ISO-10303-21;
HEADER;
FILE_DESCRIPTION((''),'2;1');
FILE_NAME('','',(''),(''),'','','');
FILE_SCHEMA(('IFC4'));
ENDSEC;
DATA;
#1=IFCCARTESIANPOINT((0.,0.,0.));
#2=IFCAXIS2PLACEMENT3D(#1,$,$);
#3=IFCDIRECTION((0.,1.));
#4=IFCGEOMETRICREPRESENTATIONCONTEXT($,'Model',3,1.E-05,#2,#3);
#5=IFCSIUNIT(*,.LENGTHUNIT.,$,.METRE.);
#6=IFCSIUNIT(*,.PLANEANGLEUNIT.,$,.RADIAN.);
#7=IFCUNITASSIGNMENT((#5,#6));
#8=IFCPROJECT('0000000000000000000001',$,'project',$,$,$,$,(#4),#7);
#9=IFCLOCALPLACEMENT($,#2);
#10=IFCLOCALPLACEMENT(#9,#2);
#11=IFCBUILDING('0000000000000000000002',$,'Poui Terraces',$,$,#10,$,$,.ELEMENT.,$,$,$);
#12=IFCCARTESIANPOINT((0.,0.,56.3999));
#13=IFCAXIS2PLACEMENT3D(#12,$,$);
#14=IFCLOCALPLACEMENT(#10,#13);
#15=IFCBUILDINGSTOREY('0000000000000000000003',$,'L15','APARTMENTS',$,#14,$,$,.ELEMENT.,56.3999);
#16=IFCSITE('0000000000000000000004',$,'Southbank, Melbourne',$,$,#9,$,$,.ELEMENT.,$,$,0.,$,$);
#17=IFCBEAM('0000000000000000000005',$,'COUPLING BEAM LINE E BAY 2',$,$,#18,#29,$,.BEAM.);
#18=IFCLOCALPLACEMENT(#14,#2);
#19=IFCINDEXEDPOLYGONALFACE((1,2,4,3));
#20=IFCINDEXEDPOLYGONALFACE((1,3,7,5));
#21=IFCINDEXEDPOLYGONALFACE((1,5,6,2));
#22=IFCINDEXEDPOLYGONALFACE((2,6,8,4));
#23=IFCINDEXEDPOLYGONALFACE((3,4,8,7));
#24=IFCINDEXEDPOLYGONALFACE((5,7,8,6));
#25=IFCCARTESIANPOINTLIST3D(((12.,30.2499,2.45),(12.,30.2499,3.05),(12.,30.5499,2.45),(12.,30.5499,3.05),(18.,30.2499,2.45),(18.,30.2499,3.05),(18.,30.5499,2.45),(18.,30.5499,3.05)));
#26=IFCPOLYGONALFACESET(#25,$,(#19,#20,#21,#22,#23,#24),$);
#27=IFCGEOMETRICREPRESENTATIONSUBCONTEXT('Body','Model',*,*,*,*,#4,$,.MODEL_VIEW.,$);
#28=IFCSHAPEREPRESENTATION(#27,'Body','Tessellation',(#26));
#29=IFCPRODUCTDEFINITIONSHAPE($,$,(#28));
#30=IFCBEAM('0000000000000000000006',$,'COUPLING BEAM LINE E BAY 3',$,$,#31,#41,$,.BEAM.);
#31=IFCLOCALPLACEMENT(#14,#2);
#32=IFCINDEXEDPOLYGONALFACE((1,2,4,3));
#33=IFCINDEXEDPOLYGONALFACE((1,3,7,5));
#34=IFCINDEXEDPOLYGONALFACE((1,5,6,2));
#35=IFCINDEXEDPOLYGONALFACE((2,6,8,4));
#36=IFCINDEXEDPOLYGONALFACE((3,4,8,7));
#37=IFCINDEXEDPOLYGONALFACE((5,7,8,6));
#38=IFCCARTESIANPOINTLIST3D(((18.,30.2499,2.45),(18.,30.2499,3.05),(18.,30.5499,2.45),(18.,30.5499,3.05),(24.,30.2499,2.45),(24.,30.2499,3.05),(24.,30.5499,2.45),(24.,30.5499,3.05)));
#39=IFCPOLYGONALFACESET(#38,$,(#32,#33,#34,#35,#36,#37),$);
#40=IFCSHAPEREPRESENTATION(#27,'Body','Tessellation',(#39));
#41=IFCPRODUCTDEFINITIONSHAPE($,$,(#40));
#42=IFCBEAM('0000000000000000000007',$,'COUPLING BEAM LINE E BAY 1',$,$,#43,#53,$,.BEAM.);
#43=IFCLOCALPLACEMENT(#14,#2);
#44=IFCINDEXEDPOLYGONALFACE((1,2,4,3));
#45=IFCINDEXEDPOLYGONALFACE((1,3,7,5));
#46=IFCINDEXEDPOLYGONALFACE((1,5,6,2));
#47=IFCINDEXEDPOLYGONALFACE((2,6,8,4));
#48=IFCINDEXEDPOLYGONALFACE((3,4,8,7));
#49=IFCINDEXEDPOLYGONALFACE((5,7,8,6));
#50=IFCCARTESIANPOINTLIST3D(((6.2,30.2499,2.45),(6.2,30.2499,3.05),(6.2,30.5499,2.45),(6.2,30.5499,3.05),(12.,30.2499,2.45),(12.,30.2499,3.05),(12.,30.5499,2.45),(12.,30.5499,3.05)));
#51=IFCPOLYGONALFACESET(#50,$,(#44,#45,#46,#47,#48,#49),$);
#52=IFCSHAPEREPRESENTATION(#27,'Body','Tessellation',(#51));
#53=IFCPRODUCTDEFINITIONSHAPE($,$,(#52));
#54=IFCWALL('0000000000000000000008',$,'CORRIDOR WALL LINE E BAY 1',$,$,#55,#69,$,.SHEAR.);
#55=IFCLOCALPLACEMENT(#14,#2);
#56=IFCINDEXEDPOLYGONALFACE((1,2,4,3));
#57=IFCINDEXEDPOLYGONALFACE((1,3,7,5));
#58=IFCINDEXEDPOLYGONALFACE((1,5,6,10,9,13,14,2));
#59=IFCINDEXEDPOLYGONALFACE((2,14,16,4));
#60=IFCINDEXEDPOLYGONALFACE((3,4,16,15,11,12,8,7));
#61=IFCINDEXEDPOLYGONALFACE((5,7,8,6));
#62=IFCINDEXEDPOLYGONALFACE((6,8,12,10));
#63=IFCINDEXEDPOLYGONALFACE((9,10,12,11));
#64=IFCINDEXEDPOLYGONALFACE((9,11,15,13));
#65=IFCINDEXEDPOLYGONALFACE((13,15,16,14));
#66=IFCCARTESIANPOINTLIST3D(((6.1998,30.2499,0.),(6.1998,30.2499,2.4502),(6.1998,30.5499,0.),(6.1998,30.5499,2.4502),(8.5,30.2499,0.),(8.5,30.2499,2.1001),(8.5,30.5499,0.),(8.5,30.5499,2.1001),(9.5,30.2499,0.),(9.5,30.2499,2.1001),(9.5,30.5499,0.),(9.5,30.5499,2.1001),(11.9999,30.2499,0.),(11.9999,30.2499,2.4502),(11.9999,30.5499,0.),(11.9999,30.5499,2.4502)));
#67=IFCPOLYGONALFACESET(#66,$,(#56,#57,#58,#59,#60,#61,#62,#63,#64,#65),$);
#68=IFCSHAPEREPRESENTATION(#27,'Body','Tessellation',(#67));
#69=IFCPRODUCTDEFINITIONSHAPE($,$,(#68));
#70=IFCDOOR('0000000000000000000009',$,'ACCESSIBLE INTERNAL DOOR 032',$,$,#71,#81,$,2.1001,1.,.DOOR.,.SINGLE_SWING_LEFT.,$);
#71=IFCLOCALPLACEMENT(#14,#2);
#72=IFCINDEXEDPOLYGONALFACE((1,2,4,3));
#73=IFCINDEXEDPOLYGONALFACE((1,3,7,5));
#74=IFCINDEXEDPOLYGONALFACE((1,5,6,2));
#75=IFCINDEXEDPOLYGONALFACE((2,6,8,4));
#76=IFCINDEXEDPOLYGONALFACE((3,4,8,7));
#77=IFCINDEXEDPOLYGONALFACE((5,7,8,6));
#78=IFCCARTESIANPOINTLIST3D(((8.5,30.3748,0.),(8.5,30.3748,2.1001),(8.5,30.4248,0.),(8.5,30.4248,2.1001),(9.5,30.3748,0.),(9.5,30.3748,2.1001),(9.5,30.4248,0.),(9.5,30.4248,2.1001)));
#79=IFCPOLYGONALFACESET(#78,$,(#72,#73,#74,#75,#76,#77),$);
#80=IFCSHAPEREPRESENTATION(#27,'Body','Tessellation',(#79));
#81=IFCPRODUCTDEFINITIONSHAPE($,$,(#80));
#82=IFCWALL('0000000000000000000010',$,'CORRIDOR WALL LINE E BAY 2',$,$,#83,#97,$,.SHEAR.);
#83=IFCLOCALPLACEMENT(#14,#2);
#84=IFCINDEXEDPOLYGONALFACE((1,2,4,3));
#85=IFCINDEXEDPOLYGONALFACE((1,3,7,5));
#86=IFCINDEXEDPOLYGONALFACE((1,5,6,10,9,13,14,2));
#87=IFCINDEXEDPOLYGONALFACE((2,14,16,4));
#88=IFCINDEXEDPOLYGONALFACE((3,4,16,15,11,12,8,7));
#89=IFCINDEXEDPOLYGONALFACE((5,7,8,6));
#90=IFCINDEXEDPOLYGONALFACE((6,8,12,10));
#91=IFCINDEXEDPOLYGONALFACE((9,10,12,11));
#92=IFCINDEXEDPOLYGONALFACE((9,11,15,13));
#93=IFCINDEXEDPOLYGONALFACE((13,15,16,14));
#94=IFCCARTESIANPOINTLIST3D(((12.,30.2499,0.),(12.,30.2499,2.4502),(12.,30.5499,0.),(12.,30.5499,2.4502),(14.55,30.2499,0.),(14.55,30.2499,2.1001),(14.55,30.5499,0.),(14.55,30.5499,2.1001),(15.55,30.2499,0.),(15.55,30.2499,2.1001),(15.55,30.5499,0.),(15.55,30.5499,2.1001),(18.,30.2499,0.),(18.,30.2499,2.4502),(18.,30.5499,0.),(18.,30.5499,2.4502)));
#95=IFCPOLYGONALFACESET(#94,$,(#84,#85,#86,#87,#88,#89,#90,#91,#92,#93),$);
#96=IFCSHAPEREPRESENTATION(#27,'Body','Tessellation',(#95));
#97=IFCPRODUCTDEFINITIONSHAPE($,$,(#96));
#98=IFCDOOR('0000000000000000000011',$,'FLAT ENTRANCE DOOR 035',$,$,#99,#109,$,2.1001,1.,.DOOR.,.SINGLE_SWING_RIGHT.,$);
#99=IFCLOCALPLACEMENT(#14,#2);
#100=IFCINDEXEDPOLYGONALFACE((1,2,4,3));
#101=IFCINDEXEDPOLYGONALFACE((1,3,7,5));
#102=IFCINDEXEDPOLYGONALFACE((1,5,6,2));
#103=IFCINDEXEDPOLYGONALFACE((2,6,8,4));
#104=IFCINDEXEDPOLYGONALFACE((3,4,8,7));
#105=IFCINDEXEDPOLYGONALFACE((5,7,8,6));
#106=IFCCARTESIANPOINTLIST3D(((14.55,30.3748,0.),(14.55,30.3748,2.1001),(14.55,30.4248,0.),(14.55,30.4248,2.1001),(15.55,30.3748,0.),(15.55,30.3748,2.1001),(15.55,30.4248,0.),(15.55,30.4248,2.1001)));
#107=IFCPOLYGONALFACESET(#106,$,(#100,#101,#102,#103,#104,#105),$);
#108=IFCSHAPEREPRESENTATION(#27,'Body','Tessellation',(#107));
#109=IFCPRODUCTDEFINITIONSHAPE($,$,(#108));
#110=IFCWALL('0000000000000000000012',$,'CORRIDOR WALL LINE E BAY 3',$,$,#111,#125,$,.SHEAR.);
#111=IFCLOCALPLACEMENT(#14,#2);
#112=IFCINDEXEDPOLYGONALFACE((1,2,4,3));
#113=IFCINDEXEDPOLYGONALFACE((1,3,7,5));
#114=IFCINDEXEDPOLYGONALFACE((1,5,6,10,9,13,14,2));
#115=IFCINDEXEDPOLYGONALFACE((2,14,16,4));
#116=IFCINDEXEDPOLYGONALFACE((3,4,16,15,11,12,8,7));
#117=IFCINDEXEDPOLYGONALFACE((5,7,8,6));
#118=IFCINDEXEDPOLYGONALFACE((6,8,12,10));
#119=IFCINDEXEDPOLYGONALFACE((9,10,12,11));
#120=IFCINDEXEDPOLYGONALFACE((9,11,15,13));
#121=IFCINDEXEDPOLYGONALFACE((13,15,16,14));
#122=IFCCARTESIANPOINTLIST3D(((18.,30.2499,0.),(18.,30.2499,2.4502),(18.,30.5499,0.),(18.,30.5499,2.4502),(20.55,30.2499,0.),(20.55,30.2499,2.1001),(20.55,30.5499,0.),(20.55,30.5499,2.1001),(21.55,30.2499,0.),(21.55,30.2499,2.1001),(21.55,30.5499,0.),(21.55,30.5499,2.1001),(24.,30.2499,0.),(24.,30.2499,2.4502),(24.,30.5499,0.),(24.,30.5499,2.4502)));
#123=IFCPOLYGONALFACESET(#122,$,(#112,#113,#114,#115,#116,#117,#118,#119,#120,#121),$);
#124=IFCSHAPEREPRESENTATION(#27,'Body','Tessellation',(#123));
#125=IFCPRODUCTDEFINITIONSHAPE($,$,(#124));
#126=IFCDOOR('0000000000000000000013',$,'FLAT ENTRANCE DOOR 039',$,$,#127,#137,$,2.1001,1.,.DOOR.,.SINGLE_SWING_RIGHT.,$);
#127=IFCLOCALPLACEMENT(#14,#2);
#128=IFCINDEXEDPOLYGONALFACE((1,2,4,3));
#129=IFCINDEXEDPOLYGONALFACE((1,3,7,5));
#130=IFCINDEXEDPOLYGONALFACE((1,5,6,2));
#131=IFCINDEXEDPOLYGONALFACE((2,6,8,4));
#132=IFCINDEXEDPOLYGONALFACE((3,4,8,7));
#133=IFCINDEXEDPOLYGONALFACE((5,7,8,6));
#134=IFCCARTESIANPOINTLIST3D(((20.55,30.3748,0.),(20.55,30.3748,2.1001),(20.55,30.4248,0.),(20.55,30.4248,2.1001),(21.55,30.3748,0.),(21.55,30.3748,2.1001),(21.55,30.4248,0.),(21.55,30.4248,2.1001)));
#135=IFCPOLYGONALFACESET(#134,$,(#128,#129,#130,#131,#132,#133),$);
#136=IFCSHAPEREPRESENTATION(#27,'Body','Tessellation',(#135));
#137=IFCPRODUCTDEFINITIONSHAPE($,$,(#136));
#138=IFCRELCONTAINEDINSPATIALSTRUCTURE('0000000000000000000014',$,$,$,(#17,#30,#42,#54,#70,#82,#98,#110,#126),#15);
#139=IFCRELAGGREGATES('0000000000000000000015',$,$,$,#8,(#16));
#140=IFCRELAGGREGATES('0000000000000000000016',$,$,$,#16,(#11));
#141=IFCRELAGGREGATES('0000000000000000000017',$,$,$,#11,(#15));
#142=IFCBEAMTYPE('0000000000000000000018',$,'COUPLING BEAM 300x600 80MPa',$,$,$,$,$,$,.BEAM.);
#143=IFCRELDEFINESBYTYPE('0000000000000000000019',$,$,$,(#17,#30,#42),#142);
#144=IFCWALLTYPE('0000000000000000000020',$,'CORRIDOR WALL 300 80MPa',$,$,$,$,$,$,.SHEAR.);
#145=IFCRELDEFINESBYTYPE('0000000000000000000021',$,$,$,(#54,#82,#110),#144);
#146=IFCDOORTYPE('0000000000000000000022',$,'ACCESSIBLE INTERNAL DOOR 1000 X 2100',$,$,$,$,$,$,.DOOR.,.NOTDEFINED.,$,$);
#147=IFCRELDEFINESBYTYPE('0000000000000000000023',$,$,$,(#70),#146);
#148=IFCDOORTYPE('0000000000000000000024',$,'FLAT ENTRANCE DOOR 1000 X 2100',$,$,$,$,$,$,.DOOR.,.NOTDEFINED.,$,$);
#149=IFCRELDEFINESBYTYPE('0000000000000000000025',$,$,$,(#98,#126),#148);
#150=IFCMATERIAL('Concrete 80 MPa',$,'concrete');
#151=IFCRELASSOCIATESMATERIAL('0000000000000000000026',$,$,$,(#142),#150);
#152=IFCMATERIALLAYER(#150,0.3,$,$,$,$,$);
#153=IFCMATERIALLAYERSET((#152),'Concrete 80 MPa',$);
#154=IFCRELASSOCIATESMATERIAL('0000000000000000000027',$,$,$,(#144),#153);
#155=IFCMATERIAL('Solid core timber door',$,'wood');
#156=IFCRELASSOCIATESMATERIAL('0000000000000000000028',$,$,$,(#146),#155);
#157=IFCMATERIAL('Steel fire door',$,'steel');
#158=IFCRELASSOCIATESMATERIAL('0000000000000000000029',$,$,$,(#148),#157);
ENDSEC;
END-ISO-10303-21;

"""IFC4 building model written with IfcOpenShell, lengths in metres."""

from ifc_helpers import new_model, si_unit, direction, frame, frame_2d, origin, origin_2d, place, context, subcontext, project, spatial, rectangle, extrude, source, transform, mapped, material, layer, layer_set, material_profile, profile_set, type_object, element, fill, save


model = new_model("IFC4")

# Units and contexts
model_context = context("Model", 3, precision=1e-05, world=origin(), true_north=direction((0.0, 1.0)))
body_context = subcontext(model_context, "Body", "Model", "MODEL_VIEW")
ifc_project = project(units=[si_unit("LENGTHUNIT", "METRE"), si_unit("PLANEANGLEUNIT", "RADIAN")], contexts=[model_context])

# Site, building, storey
site_placement = place(None, origin())
site = spatial("IfcSite", under=ifc_project, at=site_placement, Name="Southbank, Melbourne", CompositionType="ELEMENT", RefElevation=0.0)
building_placement = place(site_placement, origin())
building = spatial("IfcBuilding", under=site, at=building_placement, Name="Poui Terraces", CompositionType="ELEMENT")
storey_placement = place(building_placement, frame((0.0, 0.0, 56.3999)))
storey = spatial("IfcBuildingStorey", under=building, at=storey_placement, Name="L15", Description="APARTMENTS", CompositionType="ELEMENT", Elevation=56.3999)

# Beams
ifc_material_1 = material(Name="Concrete 80 MPa", Category="concrete")
ifc_material_profile = material_profile(ifc_material_1, rectangle(XDim=0.3, YDim=0.6001, at=origin_2d()), Name="RC 300x600")
ifc_profile_set = profile_set([ifc_material_profile], Name="Concrete 80 MPa")
beam_type = type_object("IfcBeamType", Name="COUPLING BEAM 300x600 80MPa", PredefinedType="BEAM", material=ifc_profile_set)
shared_shape_1 = source(origin(), body_context, "Body", "SweptSolid", [
    extrude(rectangle(XDim=0.3, YDim=0.6001, at=origin_2d()), origin(), (0.0, 0.0, 1.0), 6.0),
])
for number, where, z_axis, x_axis, name in (
    (1, (12.0, 30.3999, 2.75), (1.0, 0.0, 0.0), (0.0, 1.0, 0.0), "COUPLING BEAM LINE E BAY 2"),
    (2, (18.0, 30.3999, 2.75), (1.0, 0.0, 0.0), (0.0, 1.0, 0.0), "COUPLING BEAM LINE E BAY 3"),
):
    element("IfcBeam", number, at=place(storey_placement, frame(where, z_axis=z_axis, x_axis=x_axis)), inside=storey, type_object=beam_type, Name=name, PredefinedType="BEAM", context=body_context, shape_type="MappedRepresentation", body=[
        mapped(shared_shape_1, transform((0.0, 0.0, 0.0))),
    ])
shared_shape_2 = source(origin(), body_context, "Body", "SweptSolid", [
    extrude(rectangle(XDim=0.3, YDim=0.6001, at=origin_2d()), origin(), (0.0, 0.0, 1.0), 5.8),
])
beam_placement = place(storey_placement, frame((6.2, 30.3999, 2.75), z_axis=(1.0, 0.0, 0.0), x_axis=(0.0, 1.0, 0.0)))
element("IfcBeam", 3, at=beam_placement, inside=storey, type_object=beam_type, Name="COUPLING BEAM LINE E BAY 1", PredefinedType="BEAM", context=body_context, shape_type="MappedRepresentation", body=[
    mapped(shared_shape_2, transform((0.0, 0.0, 0.0))),
])

# Walls, openings, doors
ifc_layer = layer(ifc_material_1, 0.3)
ifc_layer_set = layer_set([ifc_layer], Name="Concrete 80 MPa")
wall_type = type_object("IfcWallType", Name="CORRIDOR WALL 300 80MPa", PredefinedType="SHEAR", material=ifc_layer_set)
wall_1_placement = place(storey_placement, frame((6.2, 30.3999, 0.0), z_axis=(0.0, 0.0, 1.0), x_axis=(1.0, 0.0, 0.0)))
wall_1 = element("IfcWall", 4, at=wall_1_placement, inside=storey, type_object=wall_type, Name="CORRIDOR WALL LINE E BAY 1", PredefinedType="SHEAR", context=body_context, shape_type="SweptSolid", body=[
    extrude(rectangle(XDim=5.8, YDim=0.3, at=frame_2d((2.8999, 0.0))), origin(), (0.0, 0.0, 1.0), 2.4502),
])
opening_1_placement = place(wall_1_placement, frame((2.3, 0.0, 0.0)))
opening_1 = element("IfcOpeningElement", 5, at=opening_1_placement, cuts=wall_1, PredefinedType="OPENING", context=body_context, shape_type="SweptSolid", body=[
    extrude(rectangle(XDim=1.0, YDim=2.1001, at=frame_2d((0.5, 1.05))), frame((0.0, 0.1602, 0.0), z_axis=(0.0, -1.0, 0.0), x_axis=(1.0, 0.0, 0.0)), (0.0, 0.0, 1.0), 0.3201),
])
ifc_material_2 = material(Name="Solid core timber door", Category="wood")
door_type_1 = type_object("IfcDoorType", Name="ACCESSIBLE INTERNAL DOOR 1000 X 2100", OperationType="NOTDEFINED", PredefinedType="DOOR", material=ifc_material_2)
door_1_placement = place(opening_1_placement, origin())
door_1 = element("IfcDoor", 6, at=door_1_placement, inside=storey, type_object=door_type_1, Name="ACCESSIBLE INTERNAL DOOR 032", OperationType="SINGLE_SWING_LEFT", OverallHeight=2.1001, OverallWidth=1.0, PredefinedType="DOOR", context=body_context, shape_type="SweptSolid", body=[
    extrude(rectangle(XDim=1.0, YDim=2.1001, at=frame_2d((0.5, 1.05))), frame((0.0, 0.0249, 0.0), z_axis=(0.0, -1.0, 0.0), x_axis=(1.0, 0.0, 0.0)), (0.0, 0.0, 1.0), 0.05),
])
fill(opening_1, door_1)
wall_2_placement = place(storey_placement, frame((12.0, 30.3999, 0.0), z_axis=(0.0, 0.0, 1.0), x_axis=(1.0, 0.0, 0.0)))
wall_2 = element("IfcWall", 7, at=wall_2_placement, inside=storey, type_object=wall_type, Name="CORRIDOR WALL LINE E BAY 2", PredefinedType="SHEAR", context=body_context, shape_type="SweptSolid", body=[
    extrude(rectangle(XDim=6.0, YDim=0.3, at=frame_2d((3.0, 0.0))), origin(), (0.0, 0.0, 1.0), 2.4502),
])
opening_2_placement = place(wall_2_placement, frame((2.55, 0.0, 0.0)))
opening_2 = element("IfcOpeningElement", 8, at=opening_2_placement, cuts=wall_2, PredefinedType="OPENING", context=body_context, shape_type="SweptSolid", body=[
    extrude(rectangle(XDim=1.0, YDim=2.1001, at=frame_2d((0.5, 1.05))), frame((0.0, 0.1602, 0.0), z_axis=(0.0, -1.0, 0.0), x_axis=(1.0, 0.0, 0.0)), (0.0, 0.0, 1.0), 0.3201),
])
ifc_material_3 = material(Name="Steel fire door", Category="steel")
door_type_2 = type_object("IfcDoorType", Name="FLAT ENTRANCE DOOR 1000 X 2100", OperationType="NOTDEFINED", PredefinedType="DOOR", material=ifc_material_3)
door_2_placement = place(opening_2_placement, origin())
door_2 = element("IfcDoor", 9, at=door_2_placement, inside=storey, type_object=door_type_2, Name="FLAT ENTRANCE DOOR 035", OperationType="SINGLE_SWING_RIGHT", OverallHeight=2.1001, OverallWidth=1.0, PredefinedType="DOOR", context=body_context, shape_type="SweptSolid", body=[
    extrude(rectangle(XDim=1.0, YDim=2.1001, at=frame_2d((0.5, 1.05))), frame((0.0, 0.0249, 0.0), z_axis=(0.0, -1.0, 0.0), x_axis=(1.0, 0.0, 0.0)), (0.0, 0.0, 1.0), 0.05),
])
fill(opening_2, door_2)
wall_3_placement = place(storey_placement, frame((18.0, 30.3999, 0.0), z_axis=(0.0, 0.0, 1.0), x_axis=(1.0, 0.0, 0.0)))
wall_3 = element("IfcWall", 10, at=wall_3_placement, inside=storey, type_object=wall_type, Name="CORRIDOR WALL LINE E BAY 3", PredefinedType="SHEAR", context=body_context, shape_type="SweptSolid", body=[
    extrude(rectangle(XDim=6.0, YDim=0.3, at=frame_2d((3.0, 0.0))), origin(), (0.0, 0.0, 1.0), 2.4502),
])
opening_3_placement = place(wall_3_placement, frame((2.55, 0.0, 0.0)))
opening_3 = element("IfcOpeningElement", 11, at=opening_3_placement, cuts=wall_3, PredefinedType="OPENING", context=body_context, shape_type="SweptSolid", body=[
    extrude(rectangle(XDim=1.0, YDim=2.1001, at=frame_2d((0.5, 1.05))), frame((0.0, 0.1602, 0.0), z_axis=(0.0, -1.0, 0.0), x_axis=(1.0, 0.0, 0.0)), (0.0, 0.0, 1.0), 0.3201),
])
door_3_placement = place(opening_3_placement, origin())
door_3 = element("IfcDoor", 12, at=door_3_placement, inside=storey, type_object=door_type_2, Name="FLAT ENTRANCE DOOR 039", OperationType="SINGLE_SWING_RIGHT", OverallHeight=2.1001, OverallWidth=1.0, PredefinedType="DOOR", context=body_context, shape_type="SweptSolid", body=[
    extrude(rectangle(XDim=1.0, YDim=2.1001, at=frame_2d((0.5, 1.05))), frame((0.0, 0.0249, 0.0), z_axis=(0.0, -1.0, 0.0), x_axis=(1.0, 0.0, 0.0)), (0.0, 0.0, 1.0), 0.05),
])
fill(opening_3, door_3)

save(model, "model.ifc")
